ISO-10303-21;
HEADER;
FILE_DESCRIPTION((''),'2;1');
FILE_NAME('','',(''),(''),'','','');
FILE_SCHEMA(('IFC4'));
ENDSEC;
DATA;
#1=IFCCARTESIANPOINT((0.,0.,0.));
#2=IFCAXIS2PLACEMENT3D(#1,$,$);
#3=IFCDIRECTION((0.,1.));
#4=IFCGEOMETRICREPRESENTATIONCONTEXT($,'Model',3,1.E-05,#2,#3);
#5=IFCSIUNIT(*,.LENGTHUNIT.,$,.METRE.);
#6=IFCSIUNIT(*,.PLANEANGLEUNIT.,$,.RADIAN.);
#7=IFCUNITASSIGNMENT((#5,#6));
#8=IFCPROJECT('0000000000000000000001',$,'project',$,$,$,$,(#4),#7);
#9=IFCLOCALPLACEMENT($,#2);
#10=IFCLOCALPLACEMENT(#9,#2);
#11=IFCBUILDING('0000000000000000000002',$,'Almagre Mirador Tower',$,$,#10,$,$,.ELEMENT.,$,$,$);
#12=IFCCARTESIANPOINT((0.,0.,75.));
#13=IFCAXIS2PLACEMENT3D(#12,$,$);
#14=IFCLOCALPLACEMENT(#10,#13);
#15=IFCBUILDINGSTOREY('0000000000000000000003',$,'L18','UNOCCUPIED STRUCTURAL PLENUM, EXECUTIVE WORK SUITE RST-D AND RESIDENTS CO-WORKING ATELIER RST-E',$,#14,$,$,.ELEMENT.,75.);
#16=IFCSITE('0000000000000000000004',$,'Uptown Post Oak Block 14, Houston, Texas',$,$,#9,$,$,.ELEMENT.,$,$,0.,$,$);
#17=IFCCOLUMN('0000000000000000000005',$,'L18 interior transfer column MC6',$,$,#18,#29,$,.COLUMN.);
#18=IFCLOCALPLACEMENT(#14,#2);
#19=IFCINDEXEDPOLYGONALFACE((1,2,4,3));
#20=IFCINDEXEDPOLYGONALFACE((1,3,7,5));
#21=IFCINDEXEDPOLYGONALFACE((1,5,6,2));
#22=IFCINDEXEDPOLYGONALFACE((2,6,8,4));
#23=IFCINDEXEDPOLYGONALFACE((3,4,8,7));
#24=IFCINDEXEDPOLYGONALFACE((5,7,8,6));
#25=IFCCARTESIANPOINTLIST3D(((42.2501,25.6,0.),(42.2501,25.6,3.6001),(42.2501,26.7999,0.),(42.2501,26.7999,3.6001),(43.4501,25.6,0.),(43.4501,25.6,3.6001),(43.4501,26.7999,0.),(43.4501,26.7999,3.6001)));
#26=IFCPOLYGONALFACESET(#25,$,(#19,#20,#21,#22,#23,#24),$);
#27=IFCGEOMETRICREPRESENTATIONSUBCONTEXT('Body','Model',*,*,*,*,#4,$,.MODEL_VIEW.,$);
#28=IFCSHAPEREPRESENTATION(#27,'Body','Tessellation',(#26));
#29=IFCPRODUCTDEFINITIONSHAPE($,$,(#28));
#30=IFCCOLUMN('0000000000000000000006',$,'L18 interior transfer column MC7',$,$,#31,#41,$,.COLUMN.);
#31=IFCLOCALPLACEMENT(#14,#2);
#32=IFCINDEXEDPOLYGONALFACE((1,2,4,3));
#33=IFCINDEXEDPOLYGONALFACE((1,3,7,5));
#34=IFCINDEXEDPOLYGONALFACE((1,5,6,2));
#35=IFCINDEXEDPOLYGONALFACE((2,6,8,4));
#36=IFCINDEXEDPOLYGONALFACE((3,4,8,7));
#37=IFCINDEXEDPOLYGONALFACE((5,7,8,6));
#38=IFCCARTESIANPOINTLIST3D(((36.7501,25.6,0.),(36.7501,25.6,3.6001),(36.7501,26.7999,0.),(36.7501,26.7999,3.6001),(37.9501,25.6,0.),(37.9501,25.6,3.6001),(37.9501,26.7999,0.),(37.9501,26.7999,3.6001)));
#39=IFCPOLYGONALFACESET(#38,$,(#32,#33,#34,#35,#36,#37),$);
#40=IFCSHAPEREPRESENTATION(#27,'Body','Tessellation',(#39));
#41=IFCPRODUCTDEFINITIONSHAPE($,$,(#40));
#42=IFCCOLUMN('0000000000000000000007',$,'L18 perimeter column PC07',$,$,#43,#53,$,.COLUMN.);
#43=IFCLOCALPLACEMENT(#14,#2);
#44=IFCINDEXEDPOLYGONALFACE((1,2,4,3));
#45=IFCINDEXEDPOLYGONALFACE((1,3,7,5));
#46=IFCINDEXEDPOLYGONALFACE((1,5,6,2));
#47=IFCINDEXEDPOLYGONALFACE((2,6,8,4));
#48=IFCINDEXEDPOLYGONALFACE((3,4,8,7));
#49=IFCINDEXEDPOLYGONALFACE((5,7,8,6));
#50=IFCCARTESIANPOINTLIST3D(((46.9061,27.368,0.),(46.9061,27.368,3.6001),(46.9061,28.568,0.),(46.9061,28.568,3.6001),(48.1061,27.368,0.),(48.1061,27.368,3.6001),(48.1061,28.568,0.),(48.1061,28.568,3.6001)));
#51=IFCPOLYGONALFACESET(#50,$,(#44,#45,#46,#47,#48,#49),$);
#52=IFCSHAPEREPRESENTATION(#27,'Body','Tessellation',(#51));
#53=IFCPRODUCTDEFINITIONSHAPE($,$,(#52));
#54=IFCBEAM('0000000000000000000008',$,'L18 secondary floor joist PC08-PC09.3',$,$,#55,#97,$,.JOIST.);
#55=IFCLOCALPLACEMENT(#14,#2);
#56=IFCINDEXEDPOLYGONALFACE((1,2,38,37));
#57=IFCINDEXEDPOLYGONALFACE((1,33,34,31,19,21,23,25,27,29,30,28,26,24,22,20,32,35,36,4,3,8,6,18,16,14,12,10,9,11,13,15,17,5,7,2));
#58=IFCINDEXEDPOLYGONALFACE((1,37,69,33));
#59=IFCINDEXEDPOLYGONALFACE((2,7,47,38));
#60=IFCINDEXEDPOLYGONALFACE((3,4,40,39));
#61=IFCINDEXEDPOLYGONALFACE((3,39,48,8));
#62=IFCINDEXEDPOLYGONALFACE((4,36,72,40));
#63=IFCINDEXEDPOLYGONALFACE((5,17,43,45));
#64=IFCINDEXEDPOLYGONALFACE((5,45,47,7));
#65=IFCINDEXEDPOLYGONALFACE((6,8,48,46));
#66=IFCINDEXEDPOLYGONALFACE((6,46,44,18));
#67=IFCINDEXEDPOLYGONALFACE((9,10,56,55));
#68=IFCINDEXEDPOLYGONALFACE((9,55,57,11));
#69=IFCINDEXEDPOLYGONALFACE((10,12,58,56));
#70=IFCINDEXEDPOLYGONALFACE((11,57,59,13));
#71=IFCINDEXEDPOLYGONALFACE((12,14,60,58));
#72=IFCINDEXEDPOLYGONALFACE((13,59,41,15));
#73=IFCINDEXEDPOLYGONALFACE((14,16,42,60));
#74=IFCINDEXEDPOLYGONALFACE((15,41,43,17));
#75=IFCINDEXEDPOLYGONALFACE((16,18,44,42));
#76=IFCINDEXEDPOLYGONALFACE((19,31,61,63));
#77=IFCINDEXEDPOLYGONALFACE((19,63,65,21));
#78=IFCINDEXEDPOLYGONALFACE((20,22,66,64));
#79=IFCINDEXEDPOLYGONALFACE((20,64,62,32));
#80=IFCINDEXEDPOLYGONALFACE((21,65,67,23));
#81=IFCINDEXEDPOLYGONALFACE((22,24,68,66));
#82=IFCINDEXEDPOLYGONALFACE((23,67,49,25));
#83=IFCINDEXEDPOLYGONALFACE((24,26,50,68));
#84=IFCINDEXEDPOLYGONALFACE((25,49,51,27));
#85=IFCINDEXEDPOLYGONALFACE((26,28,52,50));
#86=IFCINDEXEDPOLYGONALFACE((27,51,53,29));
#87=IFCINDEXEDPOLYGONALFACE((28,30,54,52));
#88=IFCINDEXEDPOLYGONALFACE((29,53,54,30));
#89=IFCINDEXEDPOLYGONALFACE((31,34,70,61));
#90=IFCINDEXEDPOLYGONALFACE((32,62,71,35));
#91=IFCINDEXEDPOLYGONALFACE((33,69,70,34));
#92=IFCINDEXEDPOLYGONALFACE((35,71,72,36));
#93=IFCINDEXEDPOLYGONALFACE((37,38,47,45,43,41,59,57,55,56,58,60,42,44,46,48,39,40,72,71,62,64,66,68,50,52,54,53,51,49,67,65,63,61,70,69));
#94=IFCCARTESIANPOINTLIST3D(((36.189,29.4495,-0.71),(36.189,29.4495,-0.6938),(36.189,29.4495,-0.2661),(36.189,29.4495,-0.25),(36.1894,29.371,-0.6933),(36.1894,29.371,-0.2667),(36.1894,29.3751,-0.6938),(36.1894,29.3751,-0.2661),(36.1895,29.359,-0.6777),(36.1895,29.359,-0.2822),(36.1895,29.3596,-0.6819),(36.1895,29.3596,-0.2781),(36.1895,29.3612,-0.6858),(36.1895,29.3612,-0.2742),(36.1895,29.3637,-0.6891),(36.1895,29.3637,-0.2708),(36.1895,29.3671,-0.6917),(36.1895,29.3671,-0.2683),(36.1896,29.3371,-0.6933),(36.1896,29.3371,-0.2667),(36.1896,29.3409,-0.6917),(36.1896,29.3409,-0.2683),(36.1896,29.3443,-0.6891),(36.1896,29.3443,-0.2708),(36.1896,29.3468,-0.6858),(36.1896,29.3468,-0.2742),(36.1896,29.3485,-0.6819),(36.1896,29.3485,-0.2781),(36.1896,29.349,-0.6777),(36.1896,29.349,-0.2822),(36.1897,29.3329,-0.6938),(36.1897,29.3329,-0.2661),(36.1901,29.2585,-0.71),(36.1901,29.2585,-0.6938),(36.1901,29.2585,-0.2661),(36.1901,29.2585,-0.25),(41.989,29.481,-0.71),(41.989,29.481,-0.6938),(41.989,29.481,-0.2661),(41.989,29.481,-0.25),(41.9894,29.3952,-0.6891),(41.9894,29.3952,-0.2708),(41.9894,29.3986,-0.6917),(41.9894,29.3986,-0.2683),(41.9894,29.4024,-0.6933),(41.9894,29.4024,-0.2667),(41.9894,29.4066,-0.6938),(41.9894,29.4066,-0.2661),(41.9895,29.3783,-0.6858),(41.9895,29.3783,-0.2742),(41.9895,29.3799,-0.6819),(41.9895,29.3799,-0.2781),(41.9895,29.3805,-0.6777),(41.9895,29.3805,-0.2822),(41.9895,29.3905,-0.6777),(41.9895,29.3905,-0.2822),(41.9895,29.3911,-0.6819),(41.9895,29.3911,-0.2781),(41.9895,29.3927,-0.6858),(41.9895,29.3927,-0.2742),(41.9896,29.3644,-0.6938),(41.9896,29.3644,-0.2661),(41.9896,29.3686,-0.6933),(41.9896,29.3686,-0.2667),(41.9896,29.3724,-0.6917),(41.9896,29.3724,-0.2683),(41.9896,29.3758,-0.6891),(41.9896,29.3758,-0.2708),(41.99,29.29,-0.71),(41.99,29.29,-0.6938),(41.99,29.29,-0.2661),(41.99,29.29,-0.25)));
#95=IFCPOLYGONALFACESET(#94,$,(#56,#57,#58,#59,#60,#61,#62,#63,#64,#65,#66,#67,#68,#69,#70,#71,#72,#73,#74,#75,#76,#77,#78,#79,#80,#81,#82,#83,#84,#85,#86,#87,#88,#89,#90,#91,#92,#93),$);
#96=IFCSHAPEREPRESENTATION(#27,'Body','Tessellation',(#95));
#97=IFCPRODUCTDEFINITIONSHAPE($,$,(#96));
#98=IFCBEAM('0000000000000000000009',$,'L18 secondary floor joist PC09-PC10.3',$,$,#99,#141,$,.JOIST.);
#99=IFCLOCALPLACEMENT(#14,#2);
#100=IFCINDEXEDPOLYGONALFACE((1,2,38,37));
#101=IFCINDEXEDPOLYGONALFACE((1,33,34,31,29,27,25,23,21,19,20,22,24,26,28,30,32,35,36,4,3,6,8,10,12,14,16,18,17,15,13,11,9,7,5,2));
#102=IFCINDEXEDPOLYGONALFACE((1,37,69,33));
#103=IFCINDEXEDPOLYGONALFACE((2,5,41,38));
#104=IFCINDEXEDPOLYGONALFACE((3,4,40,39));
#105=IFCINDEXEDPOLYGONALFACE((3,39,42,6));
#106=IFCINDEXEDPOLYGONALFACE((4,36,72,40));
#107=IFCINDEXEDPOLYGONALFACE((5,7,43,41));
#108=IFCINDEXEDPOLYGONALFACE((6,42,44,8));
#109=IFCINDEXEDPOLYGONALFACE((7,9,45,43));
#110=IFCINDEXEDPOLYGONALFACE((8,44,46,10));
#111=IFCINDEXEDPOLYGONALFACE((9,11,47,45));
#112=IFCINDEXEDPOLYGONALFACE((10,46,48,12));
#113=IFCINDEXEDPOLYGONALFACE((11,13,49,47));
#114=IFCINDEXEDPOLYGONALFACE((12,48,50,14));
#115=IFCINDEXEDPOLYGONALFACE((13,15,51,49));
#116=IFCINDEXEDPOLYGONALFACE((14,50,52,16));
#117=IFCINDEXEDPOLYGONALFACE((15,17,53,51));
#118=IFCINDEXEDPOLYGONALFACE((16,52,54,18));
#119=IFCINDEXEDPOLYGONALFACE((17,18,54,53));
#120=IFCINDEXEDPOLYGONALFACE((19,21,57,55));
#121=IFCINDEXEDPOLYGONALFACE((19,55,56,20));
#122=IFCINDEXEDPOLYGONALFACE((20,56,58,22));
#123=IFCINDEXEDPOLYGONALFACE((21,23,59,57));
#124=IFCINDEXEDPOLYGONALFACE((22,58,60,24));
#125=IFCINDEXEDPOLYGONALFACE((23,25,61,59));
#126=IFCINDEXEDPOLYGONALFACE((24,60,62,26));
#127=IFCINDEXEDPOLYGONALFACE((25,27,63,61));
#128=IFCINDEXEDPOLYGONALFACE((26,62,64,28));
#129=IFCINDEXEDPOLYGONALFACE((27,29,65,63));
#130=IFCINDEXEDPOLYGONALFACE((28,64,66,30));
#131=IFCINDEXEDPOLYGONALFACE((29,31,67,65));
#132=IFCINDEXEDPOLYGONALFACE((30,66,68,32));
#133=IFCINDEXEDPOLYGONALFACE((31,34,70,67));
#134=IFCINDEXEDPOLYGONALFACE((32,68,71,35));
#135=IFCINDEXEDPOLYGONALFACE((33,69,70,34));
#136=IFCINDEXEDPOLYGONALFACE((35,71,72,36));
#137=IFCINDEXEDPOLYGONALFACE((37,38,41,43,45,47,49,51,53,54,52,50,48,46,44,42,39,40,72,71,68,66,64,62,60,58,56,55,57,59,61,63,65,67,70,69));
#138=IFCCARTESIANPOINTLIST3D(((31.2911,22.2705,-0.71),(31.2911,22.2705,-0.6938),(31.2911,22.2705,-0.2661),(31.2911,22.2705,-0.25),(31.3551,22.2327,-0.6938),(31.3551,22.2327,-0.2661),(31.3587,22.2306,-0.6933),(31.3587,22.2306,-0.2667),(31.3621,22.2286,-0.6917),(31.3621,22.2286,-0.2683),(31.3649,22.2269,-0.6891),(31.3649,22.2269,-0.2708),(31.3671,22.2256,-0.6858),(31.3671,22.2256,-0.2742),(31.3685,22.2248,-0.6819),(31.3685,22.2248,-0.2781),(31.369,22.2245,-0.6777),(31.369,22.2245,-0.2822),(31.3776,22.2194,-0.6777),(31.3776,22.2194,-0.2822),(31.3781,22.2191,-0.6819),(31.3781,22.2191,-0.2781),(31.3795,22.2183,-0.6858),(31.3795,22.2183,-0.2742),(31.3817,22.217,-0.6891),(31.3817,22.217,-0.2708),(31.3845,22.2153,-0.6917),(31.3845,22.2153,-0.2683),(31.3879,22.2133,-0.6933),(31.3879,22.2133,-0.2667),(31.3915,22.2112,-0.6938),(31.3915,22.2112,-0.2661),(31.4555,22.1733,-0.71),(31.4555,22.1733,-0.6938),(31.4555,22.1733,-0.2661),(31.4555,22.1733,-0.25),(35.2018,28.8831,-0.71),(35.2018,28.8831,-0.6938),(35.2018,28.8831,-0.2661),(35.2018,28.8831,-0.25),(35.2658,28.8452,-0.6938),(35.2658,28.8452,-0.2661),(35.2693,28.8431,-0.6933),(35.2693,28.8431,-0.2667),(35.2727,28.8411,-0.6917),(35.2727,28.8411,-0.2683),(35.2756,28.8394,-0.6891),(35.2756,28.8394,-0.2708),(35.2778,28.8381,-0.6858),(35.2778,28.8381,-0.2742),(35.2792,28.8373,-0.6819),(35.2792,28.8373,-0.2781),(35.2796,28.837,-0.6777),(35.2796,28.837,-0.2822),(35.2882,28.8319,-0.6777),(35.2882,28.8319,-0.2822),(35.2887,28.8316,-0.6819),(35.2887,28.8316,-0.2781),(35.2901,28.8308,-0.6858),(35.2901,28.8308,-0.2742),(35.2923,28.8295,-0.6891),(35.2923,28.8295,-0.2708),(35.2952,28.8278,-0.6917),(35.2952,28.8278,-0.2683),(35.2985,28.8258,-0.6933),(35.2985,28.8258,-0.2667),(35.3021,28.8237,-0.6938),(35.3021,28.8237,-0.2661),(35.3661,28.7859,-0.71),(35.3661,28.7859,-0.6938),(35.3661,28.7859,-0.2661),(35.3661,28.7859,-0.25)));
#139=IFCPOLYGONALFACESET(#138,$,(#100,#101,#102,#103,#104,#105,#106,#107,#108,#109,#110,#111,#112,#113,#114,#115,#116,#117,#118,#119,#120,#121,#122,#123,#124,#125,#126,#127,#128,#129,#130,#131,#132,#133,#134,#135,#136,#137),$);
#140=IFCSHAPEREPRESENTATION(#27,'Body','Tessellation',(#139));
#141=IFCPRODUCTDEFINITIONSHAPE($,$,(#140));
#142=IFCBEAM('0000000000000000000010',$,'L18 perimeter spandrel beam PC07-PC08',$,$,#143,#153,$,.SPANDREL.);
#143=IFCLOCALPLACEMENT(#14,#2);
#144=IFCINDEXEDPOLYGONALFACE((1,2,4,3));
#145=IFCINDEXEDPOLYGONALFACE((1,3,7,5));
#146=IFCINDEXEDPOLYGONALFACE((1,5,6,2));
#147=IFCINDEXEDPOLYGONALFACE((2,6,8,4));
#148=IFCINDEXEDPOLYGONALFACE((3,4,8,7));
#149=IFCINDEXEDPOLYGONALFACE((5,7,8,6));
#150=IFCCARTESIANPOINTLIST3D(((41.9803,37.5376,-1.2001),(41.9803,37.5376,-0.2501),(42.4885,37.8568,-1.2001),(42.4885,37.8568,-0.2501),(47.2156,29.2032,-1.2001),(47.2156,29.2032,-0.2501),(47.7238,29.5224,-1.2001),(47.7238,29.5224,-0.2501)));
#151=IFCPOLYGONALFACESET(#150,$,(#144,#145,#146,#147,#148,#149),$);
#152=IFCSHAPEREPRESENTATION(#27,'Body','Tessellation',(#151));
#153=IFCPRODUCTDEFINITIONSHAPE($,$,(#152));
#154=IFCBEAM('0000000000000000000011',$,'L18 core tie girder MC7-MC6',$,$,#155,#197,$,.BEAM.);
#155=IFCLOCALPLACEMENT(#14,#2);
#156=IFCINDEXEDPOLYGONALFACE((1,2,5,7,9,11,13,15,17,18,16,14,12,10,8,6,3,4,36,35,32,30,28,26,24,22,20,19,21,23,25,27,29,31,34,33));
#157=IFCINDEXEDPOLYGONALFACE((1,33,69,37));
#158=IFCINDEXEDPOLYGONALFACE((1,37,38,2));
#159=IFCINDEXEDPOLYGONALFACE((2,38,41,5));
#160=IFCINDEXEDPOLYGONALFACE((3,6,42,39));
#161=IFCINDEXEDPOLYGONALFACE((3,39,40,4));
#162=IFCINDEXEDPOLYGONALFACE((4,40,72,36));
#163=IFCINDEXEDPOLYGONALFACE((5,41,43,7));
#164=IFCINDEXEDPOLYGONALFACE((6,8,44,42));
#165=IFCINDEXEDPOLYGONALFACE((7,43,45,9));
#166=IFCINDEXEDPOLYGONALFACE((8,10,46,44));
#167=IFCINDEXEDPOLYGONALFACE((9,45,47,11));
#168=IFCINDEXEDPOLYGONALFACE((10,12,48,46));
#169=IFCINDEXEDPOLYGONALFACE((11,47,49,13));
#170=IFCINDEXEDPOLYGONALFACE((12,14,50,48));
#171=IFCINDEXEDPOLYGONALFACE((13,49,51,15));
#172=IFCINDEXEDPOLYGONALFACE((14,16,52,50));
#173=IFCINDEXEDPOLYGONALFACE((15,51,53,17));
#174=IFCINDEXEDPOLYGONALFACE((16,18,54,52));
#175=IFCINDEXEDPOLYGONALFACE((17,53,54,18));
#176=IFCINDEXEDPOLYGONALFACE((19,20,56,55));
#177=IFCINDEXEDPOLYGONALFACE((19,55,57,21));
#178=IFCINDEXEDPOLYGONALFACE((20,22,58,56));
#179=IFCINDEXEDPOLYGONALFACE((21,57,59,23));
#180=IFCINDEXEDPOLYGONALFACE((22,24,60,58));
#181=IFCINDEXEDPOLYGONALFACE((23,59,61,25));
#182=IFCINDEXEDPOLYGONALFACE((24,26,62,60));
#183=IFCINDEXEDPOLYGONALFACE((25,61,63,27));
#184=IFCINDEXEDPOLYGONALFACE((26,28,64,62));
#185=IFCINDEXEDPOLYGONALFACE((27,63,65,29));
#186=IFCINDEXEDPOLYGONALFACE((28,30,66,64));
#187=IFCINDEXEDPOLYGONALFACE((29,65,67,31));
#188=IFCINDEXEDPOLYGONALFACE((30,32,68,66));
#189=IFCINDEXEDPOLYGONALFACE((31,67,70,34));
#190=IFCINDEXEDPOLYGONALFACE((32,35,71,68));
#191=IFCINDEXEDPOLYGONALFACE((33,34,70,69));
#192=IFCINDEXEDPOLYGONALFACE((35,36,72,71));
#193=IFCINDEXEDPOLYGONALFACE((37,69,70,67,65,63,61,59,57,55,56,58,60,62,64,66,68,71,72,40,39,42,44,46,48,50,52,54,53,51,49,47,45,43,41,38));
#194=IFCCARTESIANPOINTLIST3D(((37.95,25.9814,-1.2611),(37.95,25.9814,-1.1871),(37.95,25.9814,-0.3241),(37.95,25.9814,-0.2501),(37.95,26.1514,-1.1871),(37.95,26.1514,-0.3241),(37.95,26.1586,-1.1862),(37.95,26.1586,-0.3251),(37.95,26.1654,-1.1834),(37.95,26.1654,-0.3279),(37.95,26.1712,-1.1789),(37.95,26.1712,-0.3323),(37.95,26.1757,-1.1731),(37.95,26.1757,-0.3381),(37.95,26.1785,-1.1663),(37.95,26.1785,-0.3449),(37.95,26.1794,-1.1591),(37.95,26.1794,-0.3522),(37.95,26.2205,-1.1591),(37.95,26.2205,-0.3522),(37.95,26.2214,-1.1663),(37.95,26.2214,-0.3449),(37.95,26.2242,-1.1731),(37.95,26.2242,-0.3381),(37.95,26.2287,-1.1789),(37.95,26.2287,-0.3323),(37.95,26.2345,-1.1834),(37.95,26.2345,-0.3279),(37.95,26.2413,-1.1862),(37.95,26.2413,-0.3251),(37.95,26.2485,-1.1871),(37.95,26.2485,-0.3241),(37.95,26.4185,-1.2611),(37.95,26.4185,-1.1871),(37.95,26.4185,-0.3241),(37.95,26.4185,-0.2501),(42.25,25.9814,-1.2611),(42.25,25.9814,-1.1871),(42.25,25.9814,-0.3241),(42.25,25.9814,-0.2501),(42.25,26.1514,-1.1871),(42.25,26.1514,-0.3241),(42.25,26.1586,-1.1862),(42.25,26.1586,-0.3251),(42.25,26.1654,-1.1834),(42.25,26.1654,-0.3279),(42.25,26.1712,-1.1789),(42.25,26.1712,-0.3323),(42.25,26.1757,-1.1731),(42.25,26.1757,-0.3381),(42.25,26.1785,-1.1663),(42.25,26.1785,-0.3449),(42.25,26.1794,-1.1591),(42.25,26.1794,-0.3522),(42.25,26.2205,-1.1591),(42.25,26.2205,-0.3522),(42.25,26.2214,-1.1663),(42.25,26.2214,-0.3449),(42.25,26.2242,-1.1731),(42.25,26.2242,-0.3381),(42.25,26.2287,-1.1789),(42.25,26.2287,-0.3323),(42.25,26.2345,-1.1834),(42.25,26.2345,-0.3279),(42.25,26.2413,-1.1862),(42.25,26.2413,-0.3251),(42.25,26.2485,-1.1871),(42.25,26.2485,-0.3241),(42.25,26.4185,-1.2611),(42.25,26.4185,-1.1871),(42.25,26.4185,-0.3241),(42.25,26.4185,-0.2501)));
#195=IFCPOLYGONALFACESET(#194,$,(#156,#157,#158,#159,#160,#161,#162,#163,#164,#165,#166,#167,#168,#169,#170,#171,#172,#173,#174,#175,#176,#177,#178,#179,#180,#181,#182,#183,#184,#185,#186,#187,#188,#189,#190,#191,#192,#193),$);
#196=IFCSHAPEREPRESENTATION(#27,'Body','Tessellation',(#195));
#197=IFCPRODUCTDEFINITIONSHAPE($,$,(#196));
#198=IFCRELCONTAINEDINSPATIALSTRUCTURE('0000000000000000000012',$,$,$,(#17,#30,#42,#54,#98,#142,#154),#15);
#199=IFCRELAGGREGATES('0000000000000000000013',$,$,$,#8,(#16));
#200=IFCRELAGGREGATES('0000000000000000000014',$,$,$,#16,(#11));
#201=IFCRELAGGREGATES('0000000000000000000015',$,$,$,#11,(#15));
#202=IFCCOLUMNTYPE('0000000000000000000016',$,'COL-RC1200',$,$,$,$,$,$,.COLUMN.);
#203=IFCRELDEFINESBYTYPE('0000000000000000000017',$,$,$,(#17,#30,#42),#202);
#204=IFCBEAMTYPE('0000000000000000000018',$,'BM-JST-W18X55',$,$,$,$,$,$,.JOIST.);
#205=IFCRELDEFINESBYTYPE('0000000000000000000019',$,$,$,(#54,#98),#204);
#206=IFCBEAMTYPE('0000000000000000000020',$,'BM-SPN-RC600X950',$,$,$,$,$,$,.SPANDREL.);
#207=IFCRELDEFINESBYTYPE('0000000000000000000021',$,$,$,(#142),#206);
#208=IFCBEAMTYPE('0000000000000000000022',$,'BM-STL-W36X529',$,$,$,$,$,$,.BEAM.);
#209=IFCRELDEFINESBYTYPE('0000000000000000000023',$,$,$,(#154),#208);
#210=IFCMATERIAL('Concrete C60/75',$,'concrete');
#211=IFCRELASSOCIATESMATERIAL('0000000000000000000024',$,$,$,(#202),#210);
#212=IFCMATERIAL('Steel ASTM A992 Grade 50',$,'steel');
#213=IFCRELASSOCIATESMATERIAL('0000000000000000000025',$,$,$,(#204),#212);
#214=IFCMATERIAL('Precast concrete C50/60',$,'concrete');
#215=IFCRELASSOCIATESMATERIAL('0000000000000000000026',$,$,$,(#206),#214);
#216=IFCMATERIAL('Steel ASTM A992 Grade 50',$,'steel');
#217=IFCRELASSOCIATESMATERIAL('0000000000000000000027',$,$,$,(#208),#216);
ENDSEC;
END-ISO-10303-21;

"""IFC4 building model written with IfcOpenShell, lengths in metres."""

from ifc_helpers import new_model, si_unit, direction, frame, origin, origin_2d, place, context, subcontext, project, spatial, rectangle, i_section, extrude, material, material_profile, profile_set, type_object, element, save


model = new_model("IFC4")

# Units and contexts
model_context = context("Model", 3, precision=1e-05, world=origin(), true_north=direction((0.0, 1.0)))
body_context = subcontext(model_context, "Body", "Model", "MODEL_VIEW")
ifc_project = project(units=[si_unit("LENGTHUNIT", "METRE"), si_unit("PLANEANGLEUNIT", "RADIAN")], contexts=[model_context])

# Site, building, storey
site_placement = place(None, origin())
site = spatial("IfcSite", under=ifc_project, at=site_placement, Name="Uptown Post Oak Block 14, Houston, Texas", CompositionType="ELEMENT", RefElevation=0.0)
building_placement = place(site_placement, origin())
building = spatial("IfcBuilding", under=site, at=building_placement, Name="Almagre Mirador Tower", CompositionType="ELEMENT")
storey_placement = place(building_placement, frame((0.0, 0.0, 75.0)))
storey = spatial("IfcBuildingStorey", under=building, at=storey_placement, Name="L18", Description="UNOCCUPIED STRUCTURAL PLENUM, EXECUTIVE WORK SUITE RST-D AND RESIDENTS CO-WORKING ATELIER RST-E", CompositionType="ELEMENT", Elevation=75.0)

# Columns
ifc_material_1 = material(Name="Concrete C60/75", Category="concrete")
ifc_material_profile_1 = material_profile(ifc_material_1, rectangle(XDim=1.2, YDim=1.2, at=origin_2d()), Name="RC1200X1200")
ifc_profile_set_1 = profile_set([ifc_material_profile_1], Name="Concrete C60/75")
column_type = type_object("IfcColumnType", Name="COL-RC1200", PredefinedType="COLUMN", material=ifc_profile_set_1)
for number, where, z_axis, x_axis, name in (
    (1, (42.8501, 26.2, 0.0), (0.0, 0.0, 1.0), (1.0, 0.0, 0.0), "L18 interior transfer column MC6"),
    (2, (37.3501, 26.2, 0.0), (0.0, 0.0, 1.0), (1.0, 0.0, 0.0), "L18 interior transfer column MC7"),
    (3, (47.5061, 27.968, 0.0), (0.0, 0.0, 1.0), (1.0, 0.0, 0.0), "L18 perimeter column PC07"),
):
    element("IfcColumn", number, at=place(storey_placement, frame(where, z_axis=z_axis, x_axis=x_axis)), inside=storey, type_object=column_type, Name=name, PredefinedType="COLUMN", context=body_context, shape_type="SweptSolid", body=[
        extrude(rectangle(XDim=1.2, YDim=1.2, at=origin_2d()), origin(), (0.0, 0.0, 1.0), 3.6001),
    ])

# Beams
ifc_material_2 = material(Name="Steel ASTM A992 Grade 50", Category="steel")
ifc_material_profile_2 = material_profile(ifc_material_2, i_section(OverallWidth=0.1909, OverallDepth=0.46, WebThickness=0.01, FlangeThickness=0.0161, FilletRadius=0.0161, at=origin_2d()), Name="W18X55")
ifc_profile_set_2 = profile_set([ifc_material_profile_2], Name="Steel ASTM A992 Grade 50")
beam_type_1 = type_object("IfcBeamType", Name="BM-JST-W18X55", PredefinedType="JOIST", material=ifc_profile_set_2)
beam_1_placement = place(storey_placement, frame((41.9895, 29.3855, -0.48), z_axis=(-0.999985, -0.00543, 0.0), x_axis=(0.00543, -0.999985, 0.0)))
element("IfcBeam", 4, at=beam_1_placement, inside=storey, type_object=beam_type_1, Name="L18 secondary floor joist PC08-PC09.3", PredefinedType="JOIST", context=body_context, shape_type="SweptSolid", body=[
    extrude(i_section(OverallWidth=0.1909, OverallDepth=0.46, WebThickness=0.01, FlangeThickness=0.0161, FilletRadius=0.0161, at=origin_2d()), origin(), (0.0, 0.0, 1.0), 5.8),
])
beam_2_placement = place(storey_placement, frame((35.2839, 28.8345, -0.48), z_axis=(-0.509041, -0.860742, 0.0), x_axis=(0.860742, -0.509041, 0.0)))
element("IfcBeam", 5, at=beam_2_placement, inside=storey, type_object=beam_type_1, Name="L18 secondary floor joist PC09-PC10.3", PredefinedType="JOIST", context=body_context, shape_type="SweptSolid", body=[
    extrude(i_section(OverallWidth=0.1909, OverallDepth=0.46, WebThickness=0.01, FlangeThickness=0.0161, FilletRadius=0.0161, at=origin_2d()), origin(), (0.0, 0.0, 1.0), 7.6824),
])
ifc_material_3 = material(Name="Precast concrete C50/60", Category="concrete")
ifc_material_profile_3 = material_profile(ifc_material_3, rectangle(XDim=0.6001, YDim=0.95, at=origin_2d()), Name="RC600X950")
ifc_profile_set_3 = profile_set([ifc_material_profile_3], Name="Precast concrete C50/60")
beam_type_2 = type_object("IfcBeamType", Name="BM-SPN-RC600X950", PredefinedType="SPANDREL", material=ifc_profile_set_3)
beam_3_placement = place(storey_placement, frame((47.4697, 29.3628, -0.7251), z_axis=(-0.53192, 0.846795, 0.0), x_axis=(-0.846795, -0.53192, 0.0)))
element("IfcBeam", 6, at=beam_3_placement, inside=storey, type_object=beam_type_2, Name="L18 perimeter spandrel beam PC07-PC08", PredefinedType="SPANDREL", context=body_context, shape_type="SweptSolid", body=[
    extrude(rectangle(XDim=0.6001, YDim=0.95, at=origin_2d()), origin(), (0.0, 0.0, 1.0), 9.8423),
])
ifc_material_4 = material(Name="Steel ASTM A992 Grade 50", Category="steel")
ifc_material_profile_4 = material_profile(ifc_material_4, i_section(OverallWidth=0.437, OverallDepth=1.011, WebThickness=0.041, FlangeThickness=0.074, FilletRadius=0.0281, at=origin_2d()), Name="W36X529")
ifc_profile_set_4 = profile_set([ifc_material_profile_4], Name="Steel ASTM A992 Grade 50")
beam_type_3 = type_object("IfcBeamType", Name="BM-STL-W36X529", PredefinedType="BEAM", material=ifc_profile_set_4)
beam_4_placement = place(storey_placement, frame((37.95, 26.2, -0.7556), z_axis=(1.0, 0.0, 0.0), x_axis=(0.0, 1.0, 0.0)))
element("IfcBeam", 7, at=beam_4_placement, inside=storey, type_object=beam_type_3, Name="L18 core tie girder MC7-MC6", PredefinedType="BEAM", context=body_context, shape_type="SweptSolid", body=[
    extrude(i_section(OverallWidth=0.437, OverallDepth=1.011, WebThickness=0.041, FlangeThickness=0.074, FilletRadius=0.0281, at=origin_2d()), origin(), (0.0, 0.0, 1.0), 4.3),
])

save(model, "model.ifc")
